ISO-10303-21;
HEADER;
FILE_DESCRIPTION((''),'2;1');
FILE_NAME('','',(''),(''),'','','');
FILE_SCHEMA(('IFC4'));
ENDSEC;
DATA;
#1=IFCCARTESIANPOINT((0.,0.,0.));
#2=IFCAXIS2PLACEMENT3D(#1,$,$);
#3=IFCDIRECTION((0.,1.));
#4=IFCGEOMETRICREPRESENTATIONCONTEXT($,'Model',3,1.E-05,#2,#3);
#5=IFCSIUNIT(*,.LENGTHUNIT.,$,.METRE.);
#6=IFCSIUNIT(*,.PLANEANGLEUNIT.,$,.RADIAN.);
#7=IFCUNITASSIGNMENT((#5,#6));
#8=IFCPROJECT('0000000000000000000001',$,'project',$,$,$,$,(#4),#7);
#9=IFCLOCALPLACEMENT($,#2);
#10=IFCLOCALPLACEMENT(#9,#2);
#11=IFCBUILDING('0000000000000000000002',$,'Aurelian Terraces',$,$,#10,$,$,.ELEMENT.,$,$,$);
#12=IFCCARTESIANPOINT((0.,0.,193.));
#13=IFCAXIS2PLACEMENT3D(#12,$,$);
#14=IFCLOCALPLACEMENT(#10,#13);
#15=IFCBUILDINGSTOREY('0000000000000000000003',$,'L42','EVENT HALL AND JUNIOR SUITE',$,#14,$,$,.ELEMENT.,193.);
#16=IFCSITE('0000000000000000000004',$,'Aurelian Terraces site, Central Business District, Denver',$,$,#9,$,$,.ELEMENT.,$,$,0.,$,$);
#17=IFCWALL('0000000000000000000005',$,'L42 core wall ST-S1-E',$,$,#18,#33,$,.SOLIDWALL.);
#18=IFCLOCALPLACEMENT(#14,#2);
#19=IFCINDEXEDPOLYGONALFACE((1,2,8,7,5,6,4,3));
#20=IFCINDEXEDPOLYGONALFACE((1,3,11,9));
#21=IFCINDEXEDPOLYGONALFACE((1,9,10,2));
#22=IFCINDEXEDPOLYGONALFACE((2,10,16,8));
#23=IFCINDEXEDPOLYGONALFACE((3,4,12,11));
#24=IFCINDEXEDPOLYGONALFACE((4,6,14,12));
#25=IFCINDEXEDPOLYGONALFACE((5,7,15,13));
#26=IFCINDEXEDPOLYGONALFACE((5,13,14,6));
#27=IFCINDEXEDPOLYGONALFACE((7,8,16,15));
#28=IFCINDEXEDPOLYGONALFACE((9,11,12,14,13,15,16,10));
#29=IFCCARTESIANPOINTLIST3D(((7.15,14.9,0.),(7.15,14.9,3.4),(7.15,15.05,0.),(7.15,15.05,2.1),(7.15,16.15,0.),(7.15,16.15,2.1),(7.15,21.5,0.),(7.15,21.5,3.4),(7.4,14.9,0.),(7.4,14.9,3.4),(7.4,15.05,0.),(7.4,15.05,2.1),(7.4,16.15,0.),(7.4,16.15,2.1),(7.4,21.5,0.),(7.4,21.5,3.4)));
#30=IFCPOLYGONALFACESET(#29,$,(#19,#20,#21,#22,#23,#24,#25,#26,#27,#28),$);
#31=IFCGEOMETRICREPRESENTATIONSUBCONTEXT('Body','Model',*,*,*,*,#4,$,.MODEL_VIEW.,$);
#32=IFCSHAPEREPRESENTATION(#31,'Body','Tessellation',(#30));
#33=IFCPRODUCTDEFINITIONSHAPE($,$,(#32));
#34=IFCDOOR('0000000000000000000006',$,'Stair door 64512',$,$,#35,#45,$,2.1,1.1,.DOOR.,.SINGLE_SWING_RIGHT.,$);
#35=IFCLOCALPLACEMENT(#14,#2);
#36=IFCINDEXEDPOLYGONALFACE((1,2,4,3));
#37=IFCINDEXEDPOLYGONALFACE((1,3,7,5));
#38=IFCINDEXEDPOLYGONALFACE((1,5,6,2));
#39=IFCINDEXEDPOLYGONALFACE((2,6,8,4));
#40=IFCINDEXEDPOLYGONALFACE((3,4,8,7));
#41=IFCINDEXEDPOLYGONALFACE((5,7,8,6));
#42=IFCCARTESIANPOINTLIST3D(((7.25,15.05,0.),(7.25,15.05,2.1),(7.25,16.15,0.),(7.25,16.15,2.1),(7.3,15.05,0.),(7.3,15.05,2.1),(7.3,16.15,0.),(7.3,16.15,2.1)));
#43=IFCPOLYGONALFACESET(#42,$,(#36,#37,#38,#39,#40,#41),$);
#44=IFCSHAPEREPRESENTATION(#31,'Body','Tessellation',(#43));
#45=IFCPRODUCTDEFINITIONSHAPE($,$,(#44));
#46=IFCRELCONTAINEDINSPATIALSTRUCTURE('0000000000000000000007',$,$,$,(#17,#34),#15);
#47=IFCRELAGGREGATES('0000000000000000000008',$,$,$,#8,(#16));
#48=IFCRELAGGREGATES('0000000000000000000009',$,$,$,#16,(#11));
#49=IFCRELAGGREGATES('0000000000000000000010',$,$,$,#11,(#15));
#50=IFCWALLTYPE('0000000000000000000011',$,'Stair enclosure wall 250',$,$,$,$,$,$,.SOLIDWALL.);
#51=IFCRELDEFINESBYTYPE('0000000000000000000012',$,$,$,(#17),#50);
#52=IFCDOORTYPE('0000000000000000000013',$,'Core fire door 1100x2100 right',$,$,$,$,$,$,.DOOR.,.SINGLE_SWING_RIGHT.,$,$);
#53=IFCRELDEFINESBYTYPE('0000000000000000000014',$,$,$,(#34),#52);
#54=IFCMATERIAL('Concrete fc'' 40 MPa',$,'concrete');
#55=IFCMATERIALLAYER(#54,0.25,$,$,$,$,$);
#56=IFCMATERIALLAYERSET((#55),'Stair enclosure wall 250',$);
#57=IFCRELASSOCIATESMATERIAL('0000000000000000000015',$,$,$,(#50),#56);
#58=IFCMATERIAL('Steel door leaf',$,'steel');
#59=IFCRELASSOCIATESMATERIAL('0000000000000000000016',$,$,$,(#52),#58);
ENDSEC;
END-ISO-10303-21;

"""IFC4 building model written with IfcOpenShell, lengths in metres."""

from ifc_helpers import new_model, si_unit, direction, frame, frame_2d, origin, place, context, subcontext, project, spatial, rectangle, extrude, source, transform, mapped, material, layer, layer_set, type_object, element, fill, save


model = new_model("IFC4")

# Units and contexts
model_context = context("Model", 3, precision=1e-05, world=origin(), true_north=direction((0.0, 1.0)))
body_context = subcontext(model_context, "Body", "Model", "MODEL_VIEW")
ifc_project = project(units=[si_unit("LENGTHUNIT", "METRE"), si_unit("PLANEANGLEUNIT", "RADIAN")], contexts=[model_context])

# Site, building, storey
site_placement = place(None, origin())
site = spatial("IfcSite", under=ifc_project, at=site_placement, Name="Aurelian Terraces site, Central Business District, Denver", CompositionType="ELEMENT", RefElevation=0.0)
building_placement = place(site_placement, origin())
building = spatial("IfcBuilding", under=site, at=building_placement, Name="Aurelian Terraces", CompositionType="ELEMENT")
storey_placement = place(building_placement, frame((0.0, 0.0, 193.0)))
storey = spatial("IfcBuildingStorey", under=building, at=storey_placement, Name="L42", Description="EVENT HALL AND JUNIOR SUITE", CompositionType="ELEMENT", Elevation=193.0)

# Shared definitions
ifc_material_1 = material(Name="Concrete fc' 40 MPa", Category="concrete")

# Shared definitions
shared_shape_1 = source(origin(), body_context, "Body", "SweptSolid", [
    extrude(rectangle(XDim=1.1, YDim=2.1, at=frame_2d((0.55, 1.05))), frame((0.0, 0.025, 0.0), z_axis=(0.0, -1.0, 0.0), x_axis=(1.0, 0.0, 0.0)), (0.0, 0.0, 1.0), 0.05),
])

# Shared definitions
ifc_material_2 = material(Name="Steel door leaf", Category="steel")

# Wall, opening, door
ifc_layer_1 = layer(ifc_material_1, 0.25)
ifc_layer_set_1 = layer_set([ifc_layer_1], Name="Stair enclosure wall 250")
wall_type_1 = type_object("IfcWallType", Name="Stair enclosure wall 250", PredefinedType="SOLIDWALL", material=ifc_layer_set_1)
shared_shape_2 = source(origin(), body_context, "Body", "SweptSolid", [
    extrude(rectangle(XDim=6.6, YDim=0.25, at=frame_2d((3.3, 0.0))), origin(), (0.0, 0.0, 1.0), 3.4),
])
wall_1_placement = place(storey_placement, frame((7.275, 14.9, 0.0), z_axis=(0.0, 0.0, 1.0), x_axis=(0.0, 1.0, 0.0)))
wall_1 = element("IfcWall", 1, at=wall_1_placement, inside=storey, type_object=wall_type_1, Name="L42 core wall ST-S1-E", PredefinedType="SOLIDWALL", context=body_context, shape_type="MappedRepresentation", body=[
    mapped(shared_shape_2, transform((0.0, 0.0, 0.0), scale=1.0)),
])
shared_shape_3 = source(origin(), body_context, "Body", "SweptSolid", [
    extrude(rectangle(XDim=1.1, YDim=2.1, at=frame_2d((0.55, 1.05))), frame((0.0, 0.135, 0.0), z_axis=(0.0, -1.0, 0.0), x_axis=(1.0, 0.0, 0.0)), (0.0, 0.0, 1.0), 0.27),
])
opening_1_placement = place(wall_1_placement, frame((0.15, 0.0, 0.0)))
opening_1 = element("IfcOpeningElement", 2, at=opening_1_placement, cuts=wall_1, PredefinedType="OPENING", context=body_context, shape_type="MappedRepresentation", body=[
    mapped(shared_shape_3, transform((0.0, 0.0, 0.0), scale=1.0)),
])
door_type_1 = type_object("IfcDoorType", Name="Core fire door 1100x2100 right", OperationType="SINGLE_SWING_RIGHT", PredefinedType="DOOR", material=ifc_material_2)
door_1_placement = place(opening_1_placement, origin())
door_1 = element("IfcDoor", 3, at=door_1_placement, inside=storey, type_object=door_type_1, Name="Stair door 64512", OperationType="SINGLE_SWING_RIGHT", OverallHeight=2.1, OverallWidth=1.1, PredefinedType="DOOR", context=body_context, shape_type="MappedRepresentation", body=[
    mapped(shared_shape_1, transform((0.0, 0.0, 0.0), scale=1.0)),
])
fill(opening_1, door_1)

save(model, "model.ifc")
